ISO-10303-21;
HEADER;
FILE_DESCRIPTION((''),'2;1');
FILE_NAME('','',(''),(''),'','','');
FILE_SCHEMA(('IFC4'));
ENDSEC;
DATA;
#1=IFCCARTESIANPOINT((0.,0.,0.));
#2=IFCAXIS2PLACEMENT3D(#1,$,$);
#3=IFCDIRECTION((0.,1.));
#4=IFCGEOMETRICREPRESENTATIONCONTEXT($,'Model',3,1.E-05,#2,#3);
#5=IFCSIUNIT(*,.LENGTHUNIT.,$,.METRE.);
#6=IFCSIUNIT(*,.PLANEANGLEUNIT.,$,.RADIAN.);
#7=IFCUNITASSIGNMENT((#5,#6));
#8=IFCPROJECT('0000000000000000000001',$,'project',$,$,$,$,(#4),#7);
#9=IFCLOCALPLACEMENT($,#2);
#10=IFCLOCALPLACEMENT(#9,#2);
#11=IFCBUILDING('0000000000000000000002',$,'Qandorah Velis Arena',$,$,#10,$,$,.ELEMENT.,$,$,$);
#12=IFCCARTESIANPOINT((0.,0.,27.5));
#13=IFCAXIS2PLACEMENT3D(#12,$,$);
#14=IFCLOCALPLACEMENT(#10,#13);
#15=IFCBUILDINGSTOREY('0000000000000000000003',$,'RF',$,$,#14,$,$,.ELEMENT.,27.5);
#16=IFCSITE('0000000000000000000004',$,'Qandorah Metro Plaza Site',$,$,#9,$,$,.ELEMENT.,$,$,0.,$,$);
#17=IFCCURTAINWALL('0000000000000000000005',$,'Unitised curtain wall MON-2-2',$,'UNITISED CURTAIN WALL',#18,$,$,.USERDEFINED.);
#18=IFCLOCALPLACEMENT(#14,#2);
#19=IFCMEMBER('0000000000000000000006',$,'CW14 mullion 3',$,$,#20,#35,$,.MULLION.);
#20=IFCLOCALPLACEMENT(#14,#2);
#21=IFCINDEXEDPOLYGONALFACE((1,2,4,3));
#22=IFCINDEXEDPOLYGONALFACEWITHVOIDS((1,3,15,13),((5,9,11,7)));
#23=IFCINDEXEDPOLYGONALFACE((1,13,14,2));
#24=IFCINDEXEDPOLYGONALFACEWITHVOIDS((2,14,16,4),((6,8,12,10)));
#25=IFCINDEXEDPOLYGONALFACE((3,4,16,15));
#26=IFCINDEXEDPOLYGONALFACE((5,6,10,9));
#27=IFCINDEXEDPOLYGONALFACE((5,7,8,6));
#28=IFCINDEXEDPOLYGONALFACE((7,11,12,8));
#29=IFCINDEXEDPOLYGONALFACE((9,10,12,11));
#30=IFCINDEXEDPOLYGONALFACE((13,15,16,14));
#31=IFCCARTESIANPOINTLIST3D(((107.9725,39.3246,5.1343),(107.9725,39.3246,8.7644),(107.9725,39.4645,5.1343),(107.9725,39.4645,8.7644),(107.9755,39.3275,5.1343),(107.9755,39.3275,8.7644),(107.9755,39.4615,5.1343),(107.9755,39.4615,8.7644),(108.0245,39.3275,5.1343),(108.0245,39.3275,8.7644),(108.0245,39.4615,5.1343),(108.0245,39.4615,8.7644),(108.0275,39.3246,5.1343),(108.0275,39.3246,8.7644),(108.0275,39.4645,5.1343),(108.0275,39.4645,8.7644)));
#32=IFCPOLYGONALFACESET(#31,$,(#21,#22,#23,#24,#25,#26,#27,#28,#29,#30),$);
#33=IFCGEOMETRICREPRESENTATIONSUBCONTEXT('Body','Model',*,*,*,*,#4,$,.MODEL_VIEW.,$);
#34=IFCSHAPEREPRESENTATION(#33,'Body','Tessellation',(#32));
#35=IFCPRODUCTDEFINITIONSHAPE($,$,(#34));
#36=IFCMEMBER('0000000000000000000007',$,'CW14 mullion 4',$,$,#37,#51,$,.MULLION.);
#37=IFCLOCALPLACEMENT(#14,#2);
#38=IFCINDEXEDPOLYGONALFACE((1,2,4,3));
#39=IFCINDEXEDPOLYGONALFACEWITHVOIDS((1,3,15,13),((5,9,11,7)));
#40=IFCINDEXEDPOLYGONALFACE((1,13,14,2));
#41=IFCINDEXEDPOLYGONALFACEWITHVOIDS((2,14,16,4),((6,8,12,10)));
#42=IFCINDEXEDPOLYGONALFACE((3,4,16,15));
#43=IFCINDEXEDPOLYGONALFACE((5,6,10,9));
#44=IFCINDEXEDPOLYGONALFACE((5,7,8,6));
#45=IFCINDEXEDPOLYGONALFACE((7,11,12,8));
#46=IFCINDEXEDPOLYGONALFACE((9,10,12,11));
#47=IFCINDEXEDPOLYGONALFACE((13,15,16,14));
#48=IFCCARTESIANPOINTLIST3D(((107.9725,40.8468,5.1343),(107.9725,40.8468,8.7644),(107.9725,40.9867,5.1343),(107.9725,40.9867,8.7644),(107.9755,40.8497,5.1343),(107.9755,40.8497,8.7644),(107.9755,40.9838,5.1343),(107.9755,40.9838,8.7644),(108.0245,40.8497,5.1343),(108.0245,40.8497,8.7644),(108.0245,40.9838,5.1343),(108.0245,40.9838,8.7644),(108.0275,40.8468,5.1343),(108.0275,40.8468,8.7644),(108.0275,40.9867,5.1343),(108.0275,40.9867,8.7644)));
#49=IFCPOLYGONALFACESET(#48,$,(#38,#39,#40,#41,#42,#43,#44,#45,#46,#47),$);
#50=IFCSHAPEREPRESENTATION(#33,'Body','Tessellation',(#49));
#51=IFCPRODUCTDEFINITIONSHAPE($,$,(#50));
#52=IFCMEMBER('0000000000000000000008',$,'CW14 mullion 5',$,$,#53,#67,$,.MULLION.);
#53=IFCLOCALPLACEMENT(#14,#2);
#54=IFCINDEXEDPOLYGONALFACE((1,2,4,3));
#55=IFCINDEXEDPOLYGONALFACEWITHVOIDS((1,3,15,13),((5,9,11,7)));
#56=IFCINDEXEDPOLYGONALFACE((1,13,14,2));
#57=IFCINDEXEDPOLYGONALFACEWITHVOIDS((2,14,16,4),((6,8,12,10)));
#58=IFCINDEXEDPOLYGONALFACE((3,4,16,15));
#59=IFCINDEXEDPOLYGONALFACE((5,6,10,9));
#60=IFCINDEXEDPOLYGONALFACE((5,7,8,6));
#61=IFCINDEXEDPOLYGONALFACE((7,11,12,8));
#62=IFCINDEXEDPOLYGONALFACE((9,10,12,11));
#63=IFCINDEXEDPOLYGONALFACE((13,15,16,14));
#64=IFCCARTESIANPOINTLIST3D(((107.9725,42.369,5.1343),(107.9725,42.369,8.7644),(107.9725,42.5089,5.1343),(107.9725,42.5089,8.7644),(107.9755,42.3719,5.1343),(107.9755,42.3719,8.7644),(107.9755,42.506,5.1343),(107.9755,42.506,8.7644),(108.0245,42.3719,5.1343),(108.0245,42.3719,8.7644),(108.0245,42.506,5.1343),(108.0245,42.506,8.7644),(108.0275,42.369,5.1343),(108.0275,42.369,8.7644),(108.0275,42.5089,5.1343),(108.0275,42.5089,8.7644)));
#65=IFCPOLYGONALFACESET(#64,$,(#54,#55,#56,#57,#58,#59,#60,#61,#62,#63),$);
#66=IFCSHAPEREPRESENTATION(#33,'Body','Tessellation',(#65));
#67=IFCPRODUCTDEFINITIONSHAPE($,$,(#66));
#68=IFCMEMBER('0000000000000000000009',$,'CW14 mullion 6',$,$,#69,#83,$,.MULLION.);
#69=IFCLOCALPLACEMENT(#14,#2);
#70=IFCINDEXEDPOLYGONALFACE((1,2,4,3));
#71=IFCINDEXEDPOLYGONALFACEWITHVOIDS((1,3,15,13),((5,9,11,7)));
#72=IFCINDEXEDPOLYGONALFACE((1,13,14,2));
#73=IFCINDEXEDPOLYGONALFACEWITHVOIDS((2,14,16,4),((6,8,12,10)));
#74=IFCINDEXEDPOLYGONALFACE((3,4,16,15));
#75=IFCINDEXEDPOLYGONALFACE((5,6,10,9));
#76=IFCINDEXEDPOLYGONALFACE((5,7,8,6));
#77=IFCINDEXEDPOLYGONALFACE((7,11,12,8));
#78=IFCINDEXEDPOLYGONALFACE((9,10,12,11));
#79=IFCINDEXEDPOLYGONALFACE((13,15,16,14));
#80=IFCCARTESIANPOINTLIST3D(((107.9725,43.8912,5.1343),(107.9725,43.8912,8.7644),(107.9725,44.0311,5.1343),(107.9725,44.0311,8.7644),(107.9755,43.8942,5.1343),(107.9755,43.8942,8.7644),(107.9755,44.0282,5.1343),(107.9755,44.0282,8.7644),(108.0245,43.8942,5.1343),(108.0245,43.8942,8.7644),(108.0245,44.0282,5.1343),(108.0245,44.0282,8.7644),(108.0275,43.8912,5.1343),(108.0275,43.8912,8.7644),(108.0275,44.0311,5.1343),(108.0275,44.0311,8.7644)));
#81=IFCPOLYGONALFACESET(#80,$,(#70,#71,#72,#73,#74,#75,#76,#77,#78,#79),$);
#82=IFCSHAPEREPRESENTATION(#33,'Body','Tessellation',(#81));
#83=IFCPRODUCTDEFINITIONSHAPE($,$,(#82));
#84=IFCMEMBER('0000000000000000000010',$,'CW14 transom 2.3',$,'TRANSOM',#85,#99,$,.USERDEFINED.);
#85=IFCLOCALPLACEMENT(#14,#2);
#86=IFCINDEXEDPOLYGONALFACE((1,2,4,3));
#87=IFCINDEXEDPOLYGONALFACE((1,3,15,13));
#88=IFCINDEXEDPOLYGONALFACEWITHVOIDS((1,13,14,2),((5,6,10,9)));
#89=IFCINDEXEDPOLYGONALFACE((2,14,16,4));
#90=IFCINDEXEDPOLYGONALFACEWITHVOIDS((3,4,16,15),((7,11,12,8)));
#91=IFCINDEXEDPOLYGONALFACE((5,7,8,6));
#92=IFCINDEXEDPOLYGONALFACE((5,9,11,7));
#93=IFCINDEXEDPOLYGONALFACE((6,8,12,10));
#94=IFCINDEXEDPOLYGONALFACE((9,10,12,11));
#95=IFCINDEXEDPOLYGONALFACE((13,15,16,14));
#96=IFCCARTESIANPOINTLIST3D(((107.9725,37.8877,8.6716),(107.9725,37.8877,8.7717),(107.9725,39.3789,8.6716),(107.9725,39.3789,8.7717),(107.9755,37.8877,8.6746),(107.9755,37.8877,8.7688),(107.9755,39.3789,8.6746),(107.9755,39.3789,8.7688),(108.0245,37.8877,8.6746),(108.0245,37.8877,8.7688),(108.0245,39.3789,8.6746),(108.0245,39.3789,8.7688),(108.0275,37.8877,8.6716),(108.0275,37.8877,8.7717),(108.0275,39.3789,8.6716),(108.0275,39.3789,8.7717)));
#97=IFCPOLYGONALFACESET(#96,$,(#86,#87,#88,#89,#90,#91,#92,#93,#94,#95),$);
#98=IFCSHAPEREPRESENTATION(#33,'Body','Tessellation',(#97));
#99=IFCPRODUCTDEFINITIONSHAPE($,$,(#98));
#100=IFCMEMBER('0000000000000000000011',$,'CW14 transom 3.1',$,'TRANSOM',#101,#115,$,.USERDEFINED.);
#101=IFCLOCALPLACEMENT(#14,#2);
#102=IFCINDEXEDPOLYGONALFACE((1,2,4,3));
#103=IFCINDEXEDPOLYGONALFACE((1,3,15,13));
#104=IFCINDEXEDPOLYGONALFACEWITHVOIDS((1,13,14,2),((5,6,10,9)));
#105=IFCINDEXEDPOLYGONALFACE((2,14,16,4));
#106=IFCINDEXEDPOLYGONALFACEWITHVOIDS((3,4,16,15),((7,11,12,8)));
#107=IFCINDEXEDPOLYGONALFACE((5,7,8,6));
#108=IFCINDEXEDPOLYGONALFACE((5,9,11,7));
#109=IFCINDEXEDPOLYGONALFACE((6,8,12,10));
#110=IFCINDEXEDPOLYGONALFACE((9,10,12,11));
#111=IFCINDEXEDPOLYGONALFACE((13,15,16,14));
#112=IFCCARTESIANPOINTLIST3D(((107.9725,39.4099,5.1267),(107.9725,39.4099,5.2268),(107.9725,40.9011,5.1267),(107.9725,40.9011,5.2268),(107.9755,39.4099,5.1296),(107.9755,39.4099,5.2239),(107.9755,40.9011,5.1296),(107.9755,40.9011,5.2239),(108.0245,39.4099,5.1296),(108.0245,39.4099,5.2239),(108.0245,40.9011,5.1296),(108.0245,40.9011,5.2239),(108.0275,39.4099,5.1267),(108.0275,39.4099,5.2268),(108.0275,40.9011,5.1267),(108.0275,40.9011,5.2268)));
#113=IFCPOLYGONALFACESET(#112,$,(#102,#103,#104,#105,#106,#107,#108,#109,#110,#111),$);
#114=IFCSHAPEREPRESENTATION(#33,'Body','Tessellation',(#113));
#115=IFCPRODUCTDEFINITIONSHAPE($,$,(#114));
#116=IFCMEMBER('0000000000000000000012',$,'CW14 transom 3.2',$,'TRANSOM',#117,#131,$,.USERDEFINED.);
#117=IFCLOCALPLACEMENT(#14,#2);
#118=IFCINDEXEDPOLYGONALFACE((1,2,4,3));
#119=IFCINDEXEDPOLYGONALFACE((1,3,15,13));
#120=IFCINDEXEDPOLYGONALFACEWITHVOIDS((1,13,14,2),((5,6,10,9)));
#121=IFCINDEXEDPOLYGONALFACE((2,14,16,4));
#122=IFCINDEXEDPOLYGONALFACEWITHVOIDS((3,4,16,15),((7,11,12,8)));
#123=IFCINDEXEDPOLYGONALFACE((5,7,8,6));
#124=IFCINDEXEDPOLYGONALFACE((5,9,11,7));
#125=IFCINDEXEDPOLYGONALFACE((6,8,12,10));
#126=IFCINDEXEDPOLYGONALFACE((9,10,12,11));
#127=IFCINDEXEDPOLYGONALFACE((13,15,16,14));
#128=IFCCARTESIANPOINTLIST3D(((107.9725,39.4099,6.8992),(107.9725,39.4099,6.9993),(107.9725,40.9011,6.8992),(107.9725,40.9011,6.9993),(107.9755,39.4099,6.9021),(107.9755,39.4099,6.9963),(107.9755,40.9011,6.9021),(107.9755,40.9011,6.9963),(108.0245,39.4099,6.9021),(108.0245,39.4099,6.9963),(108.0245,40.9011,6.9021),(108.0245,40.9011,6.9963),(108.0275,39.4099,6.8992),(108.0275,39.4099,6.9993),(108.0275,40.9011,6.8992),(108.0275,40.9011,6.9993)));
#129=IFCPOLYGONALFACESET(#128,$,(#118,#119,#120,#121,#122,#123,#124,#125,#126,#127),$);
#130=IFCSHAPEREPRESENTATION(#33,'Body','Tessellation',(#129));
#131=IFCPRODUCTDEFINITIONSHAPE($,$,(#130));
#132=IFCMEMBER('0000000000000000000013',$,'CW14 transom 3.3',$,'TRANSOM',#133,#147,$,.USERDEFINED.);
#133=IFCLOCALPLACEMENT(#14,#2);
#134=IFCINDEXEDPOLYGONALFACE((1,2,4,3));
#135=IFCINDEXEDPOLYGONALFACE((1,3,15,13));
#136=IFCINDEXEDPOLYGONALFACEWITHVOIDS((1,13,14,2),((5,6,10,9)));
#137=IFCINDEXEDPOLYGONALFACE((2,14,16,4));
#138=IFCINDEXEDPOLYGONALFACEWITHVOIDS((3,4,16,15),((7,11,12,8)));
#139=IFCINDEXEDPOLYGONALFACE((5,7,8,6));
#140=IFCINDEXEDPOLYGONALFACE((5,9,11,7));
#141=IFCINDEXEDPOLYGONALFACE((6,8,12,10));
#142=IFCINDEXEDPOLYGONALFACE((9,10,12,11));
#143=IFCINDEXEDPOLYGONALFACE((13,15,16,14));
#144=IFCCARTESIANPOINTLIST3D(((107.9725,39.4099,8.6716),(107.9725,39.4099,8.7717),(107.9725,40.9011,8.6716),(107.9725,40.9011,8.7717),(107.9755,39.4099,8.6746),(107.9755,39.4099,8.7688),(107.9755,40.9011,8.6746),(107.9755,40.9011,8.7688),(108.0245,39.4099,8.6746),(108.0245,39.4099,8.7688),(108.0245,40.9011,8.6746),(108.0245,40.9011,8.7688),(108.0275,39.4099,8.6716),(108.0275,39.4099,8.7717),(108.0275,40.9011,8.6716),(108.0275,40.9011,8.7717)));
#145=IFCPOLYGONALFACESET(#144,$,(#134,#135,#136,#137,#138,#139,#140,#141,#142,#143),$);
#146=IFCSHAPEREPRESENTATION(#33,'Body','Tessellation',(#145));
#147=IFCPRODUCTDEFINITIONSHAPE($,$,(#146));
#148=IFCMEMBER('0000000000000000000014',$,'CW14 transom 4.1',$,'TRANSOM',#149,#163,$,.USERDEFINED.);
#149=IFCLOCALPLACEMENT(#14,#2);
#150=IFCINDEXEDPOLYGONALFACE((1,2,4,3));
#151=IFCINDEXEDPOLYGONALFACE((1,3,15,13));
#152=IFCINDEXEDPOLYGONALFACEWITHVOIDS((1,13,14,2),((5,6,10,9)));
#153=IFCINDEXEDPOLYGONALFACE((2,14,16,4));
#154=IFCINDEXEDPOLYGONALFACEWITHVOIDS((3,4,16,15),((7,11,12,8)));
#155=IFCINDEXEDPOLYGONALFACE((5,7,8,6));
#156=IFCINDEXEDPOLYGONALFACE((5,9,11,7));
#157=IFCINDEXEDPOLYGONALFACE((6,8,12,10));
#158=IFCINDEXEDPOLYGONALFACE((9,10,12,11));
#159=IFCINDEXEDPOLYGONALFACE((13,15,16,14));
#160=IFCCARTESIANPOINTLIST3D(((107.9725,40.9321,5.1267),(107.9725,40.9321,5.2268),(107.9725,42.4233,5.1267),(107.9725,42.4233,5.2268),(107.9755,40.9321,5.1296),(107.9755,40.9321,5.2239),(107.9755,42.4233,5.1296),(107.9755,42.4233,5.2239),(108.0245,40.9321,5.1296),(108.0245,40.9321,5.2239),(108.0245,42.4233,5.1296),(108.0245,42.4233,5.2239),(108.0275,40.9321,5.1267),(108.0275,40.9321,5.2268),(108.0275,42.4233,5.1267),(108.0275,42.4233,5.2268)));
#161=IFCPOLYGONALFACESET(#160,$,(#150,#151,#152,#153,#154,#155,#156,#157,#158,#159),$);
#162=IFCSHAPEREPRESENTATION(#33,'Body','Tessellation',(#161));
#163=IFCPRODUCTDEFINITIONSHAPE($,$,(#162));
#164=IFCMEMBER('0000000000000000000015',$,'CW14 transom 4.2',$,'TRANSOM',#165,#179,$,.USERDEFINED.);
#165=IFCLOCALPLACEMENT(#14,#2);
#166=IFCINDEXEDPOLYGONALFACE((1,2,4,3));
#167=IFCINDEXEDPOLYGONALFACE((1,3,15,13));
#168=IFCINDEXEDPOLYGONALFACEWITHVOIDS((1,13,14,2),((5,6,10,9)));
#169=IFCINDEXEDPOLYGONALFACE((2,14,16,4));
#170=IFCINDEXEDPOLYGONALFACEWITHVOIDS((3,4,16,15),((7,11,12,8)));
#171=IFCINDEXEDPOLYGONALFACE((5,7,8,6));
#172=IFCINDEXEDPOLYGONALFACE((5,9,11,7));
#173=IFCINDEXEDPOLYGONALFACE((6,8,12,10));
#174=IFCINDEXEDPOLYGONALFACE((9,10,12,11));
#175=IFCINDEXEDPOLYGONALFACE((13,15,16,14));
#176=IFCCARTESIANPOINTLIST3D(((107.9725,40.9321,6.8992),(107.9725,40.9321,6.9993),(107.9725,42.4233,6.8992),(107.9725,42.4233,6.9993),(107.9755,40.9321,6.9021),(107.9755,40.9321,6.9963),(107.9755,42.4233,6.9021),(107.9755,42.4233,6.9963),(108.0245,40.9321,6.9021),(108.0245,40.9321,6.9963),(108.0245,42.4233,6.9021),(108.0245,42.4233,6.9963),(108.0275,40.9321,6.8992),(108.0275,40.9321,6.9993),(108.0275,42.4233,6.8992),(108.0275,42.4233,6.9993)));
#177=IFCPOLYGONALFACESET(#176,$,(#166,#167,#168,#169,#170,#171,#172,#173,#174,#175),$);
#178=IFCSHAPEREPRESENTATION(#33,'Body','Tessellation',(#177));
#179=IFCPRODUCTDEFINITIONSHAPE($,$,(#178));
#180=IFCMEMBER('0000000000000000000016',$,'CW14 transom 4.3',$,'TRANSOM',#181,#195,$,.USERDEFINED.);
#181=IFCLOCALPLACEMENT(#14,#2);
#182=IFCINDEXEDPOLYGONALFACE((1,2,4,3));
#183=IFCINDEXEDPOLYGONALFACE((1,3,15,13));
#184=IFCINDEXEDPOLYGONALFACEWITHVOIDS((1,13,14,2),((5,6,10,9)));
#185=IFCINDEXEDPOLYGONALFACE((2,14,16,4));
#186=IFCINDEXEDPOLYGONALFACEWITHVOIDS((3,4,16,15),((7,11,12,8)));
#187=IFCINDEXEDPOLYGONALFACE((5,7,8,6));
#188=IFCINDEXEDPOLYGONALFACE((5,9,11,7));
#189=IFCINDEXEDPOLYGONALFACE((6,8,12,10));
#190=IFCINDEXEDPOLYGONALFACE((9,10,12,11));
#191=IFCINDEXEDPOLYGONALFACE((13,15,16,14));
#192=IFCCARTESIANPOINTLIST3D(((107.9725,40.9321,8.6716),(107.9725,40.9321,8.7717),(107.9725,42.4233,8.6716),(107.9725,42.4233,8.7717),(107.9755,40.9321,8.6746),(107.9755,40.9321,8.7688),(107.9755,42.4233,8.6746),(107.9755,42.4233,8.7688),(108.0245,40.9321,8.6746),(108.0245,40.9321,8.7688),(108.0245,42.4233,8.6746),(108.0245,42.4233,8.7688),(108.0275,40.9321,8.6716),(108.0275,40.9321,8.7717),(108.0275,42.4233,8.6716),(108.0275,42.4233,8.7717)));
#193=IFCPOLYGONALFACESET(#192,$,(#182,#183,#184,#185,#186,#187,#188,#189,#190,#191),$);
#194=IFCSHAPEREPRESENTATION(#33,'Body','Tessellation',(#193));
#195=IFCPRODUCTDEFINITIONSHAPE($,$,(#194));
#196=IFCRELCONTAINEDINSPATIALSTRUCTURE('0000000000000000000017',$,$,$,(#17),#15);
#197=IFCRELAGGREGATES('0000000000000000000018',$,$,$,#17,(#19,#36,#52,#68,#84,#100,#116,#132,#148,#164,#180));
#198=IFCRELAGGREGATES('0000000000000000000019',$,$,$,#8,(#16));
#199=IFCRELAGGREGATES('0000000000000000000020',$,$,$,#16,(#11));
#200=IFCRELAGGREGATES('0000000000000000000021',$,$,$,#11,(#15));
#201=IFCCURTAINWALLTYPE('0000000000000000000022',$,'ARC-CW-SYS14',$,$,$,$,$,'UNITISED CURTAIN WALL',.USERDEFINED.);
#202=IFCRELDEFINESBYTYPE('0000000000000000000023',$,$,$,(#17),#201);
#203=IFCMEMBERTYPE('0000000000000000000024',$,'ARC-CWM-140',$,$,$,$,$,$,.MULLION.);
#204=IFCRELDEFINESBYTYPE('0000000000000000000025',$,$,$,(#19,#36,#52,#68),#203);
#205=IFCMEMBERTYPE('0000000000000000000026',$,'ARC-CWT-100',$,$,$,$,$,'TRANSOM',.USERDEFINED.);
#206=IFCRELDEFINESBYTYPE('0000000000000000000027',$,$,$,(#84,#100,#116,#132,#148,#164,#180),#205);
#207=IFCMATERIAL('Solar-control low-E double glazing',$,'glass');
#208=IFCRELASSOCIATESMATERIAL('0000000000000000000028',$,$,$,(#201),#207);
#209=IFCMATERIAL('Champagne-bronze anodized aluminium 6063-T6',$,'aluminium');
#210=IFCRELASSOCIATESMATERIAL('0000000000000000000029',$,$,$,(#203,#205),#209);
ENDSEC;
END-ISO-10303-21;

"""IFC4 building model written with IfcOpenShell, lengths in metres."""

from ifc_helpers import new_model, si_unit, direction, frame, origin, origin_2d, place, context, subcontext, project, spatial, hollow_rectangle, extrude, material, material_profile, profile_set, type_object, element, aggregate, save


model = new_model("IFC4")

# Units and contexts
model_context = context("Model", 3, precision=1e-05, world=origin(), true_north=direction((0.0, 1.0)))
body_context = subcontext(model_context, "Body", "Model", "MODEL_VIEW")
ifc_project = project(units=[si_unit("LENGTHUNIT", "METRE"), si_unit("PLANEANGLEUNIT", "RADIAN")], contexts=[model_context])

# Site, building, storey
site_placement = place(None, origin())
site = spatial("IfcSite", under=ifc_project, at=site_placement, Name="Qandorah Metro Plaza Site", CompositionType="ELEMENT", RefElevation=0.0)
building_placement = place(site_placement, origin())
building = spatial("IfcBuilding", under=site, at=building_placement, Name="Qandorah Velis Arena", CompositionType="ELEMENT")
storey_placement = place(building_placement, frame((0.0, 0.0, 27.5)))
storey = spatial("IfcBuildingStorey", under=building, at=storey_placement, Name="RF", CompositionType="ELEMENT", Elevation=27.5)

# Curtain wall, members
ifc_material_1 = material(Name="Solar-control low-E double glazing", Category="glass")
curtain_wall_type_1 = type_object("IfcCurtainWallType", Name="ARC-CW-SYS14", ElementType="UNITISED CURTAIN WALL", PredefinedType="USERDEFINED", material=ifc_material_1)
curtain_wall_1_placement = place(storey_placement, origin())
curtain_wall_1 = element("IfcCurtainWall", 1, at=curtain_wall_1_placement, inside=storey, type_object=curtain_wall_type_1, Name="Unitised curtain wall MON-2-2", ObjectType="UNITISED CURTAIN WALL", PredefinedType="USERDEFINED")
ifc_material_2 = material(Name="Champagne-bronze anodized aluminium 6063-T6", Category="aluminium")
ifc_material_profile_1 = material_profile(ifc_material_2, hollow_rectangle(XDim=0.0549, YDim=0.1399, WallThickness=0.0029, at=origin_2d()), Name="ALU MULLION 55x140")
ifc_profile_set_1 = profile_set([ifc_material_profile_1], Name="Champagne-bronze anodized aluminium 6063-T6")
member_type_1 = type_object("IfcMemberType", Name="ARC-CWM-140", PredefinedType="MULLION", material=ifc_profile_set_1)
member_1_placement = place(storey_placement, frame((108.0, 39.3945, 5.1343), z_axis=(0.0, 0.0, 1.0), x_axis=(-1.0, 0.0, 0.0)))
member_1 = element("IfcMember", 2, at=member_1_placement, type_object=member_type_1, Name="CW14 mullion 3", PredefinedType="MULLION", context=body_context, shape_type="SweptSolid", body=[
    extrude(hollow_rectangle(XDim=0.0549, YDim=0.1399, WallThickness=0.0029, at=origin_2d()), origin(), (0.0, 0.0, 1.0), 3.6301),
])
member_2_placement = place(storey_placement, frame((108.0, 40.9167, 5.1343), z_axis=(0.0, 0.0, 1.0), x_axis=(-1.0, 0.0, 0.0)))
member_2 = element("IfcMember", 3, at=member_2_placement, type_object=member_type_1, Name="CW14 mullion 4", PredefinedType="MULLION", context=body_context, shape_type="SweptSolid", body=[
    extrude(hollow_rectangle(XDim=0.0549, YDim=0.1399, WallThickness=0.0029, at=origin_2d()), origin(), (0.0, 0.0, 1.0), 3.6301),
])
member_3_placement = place(storey_placement, frame((108.0, 42.439, 5.1343), z_axis=(0.0, 0.0, 1.0), x_axis=(-1.0, 0.0, 0.0)))
member_3 = element("IfcMember", 4, at=member_3_placement, type_object=member_type_1, Name="CW14 mullion 5", PredefinedType="MULLION", context=body_context, shape_type="SweptSolid", body=[
    extrude(hollow_rectangle(XDim=0.0549, YDim=0.1399, WallThickness=0.0029, at=origin_2d()), origin(), (0.0, 0.0, 1.0), 3.6301),
])
member_4_placement = place(storey_placement, frame((108.0, 43.9612, 5.1343), z_axis=(0.0, 0.0, 1.0), x_axis=(-1.0, 0.0, 0.0)))
member_4 = element("IfcMember", 5, at=member_4_placement, type_object=member_type_1, Name="CW14 mullion 6", PredefinedType="MULLION", context=body_context, shape_type="SweptSolid", body=[
    extrude(hollow_rectangle(XDim=0.0549, YDim=0.1399, WallThickness=0.0029, at=origin_2d()), origin(), (0.0, 0.0, 1.0), 3.6301),
])
ifc_material_profile_2 = material_profile(ifc_material_2, hollow_rectangle(XDim=0.0549, YDim=0.1001, WallThickness=0.0029, at=origin_2d()), Name="ALU TRANSOM 55x100")
ifc_profile_set_2 = profile_set([ifc_material_profile_2], Name="Champagne-bronze anodized aluminium 6063-T6")
member_type_2 = type_object("IfcMemberType", Name="ARC-CWT-100", ElementType="TRANSOM", PredefinedType="USERDEFINED", material=ifc_profile_set_2)
member_5_placement = place(storey_placement, frame((108.0, 37.8877, 8.7217), z_axis=(0.0, 1.0, 0.0), x_axis=(-1.0, 0.0, 0.0)))
member_5 = element("IfcMember", 6, at=member_5_placement, type_object=member_type_2, Name="CW14 transom 2.3", ObjectType="TRANSOM", PredefinedType="USERDEFINED", context=body_context, shape_type="SweptSolid", body=[
    extrude(hollow_rectangle(XDim=0.0549, YDim=0.1001, WallThickness=0.0029, at=origin_2d()), origin(), (0.0, 0.0, 1.0), 1.4912),
])
member_6_placement = place(storey_placement, frame((108.0, 39.4099, 5.1768), z_axis=(0.0, 1.0, 0.0), x_axis=(-1.0, 0.0, 0.0)))
member_6 = element("IfcMember", 7, at=member_6_placement, type_object=member_type_2, Name="CW14 transom 3.1", ObjectType="TRANSOM", PredefinedType="USERDEFINED", context=body_context, shape_type="SweptSolid", body=[
    extrude(hollow_rectangle(XDim=0.0549, YDim=0.1001, WallThickness=0.0029, at=origin_2d()), origin(), (0.0, 0.0, 1.0), 1.4912),
])
member_7_placement = place(storey_placement, frame((108.0, 39.4099, 6.9492), z_axis=(0.0, 1.0, 0.0), x_axis=(-1.0, 0.0, 0.0)))
member_7 = element("IfcMember", 8, at=member_7_placement, type_object=member_type_2, Name="CW14 transom 3.2", ObjectType="TRANSOM", PredefinedType="USERDEFINED", context=body_context, shape_type="SweptSolid", body=[
    extrude(hollow_rectangle(XDim=0.0549, YDim=0.1001, WallThickness=0.0029, at=origin_2d()), origin(), (0.0, 0.0, 1.0), 1.4912),
])
member_8_placement = place(storey_placement, frame((108.0, 39.4099, 8.7217), z_axis=(0.0, 1.0, 0.0), x_axis=(-1.0, 0.0, 0.0)))
member_8 = element("IfcMember", 9, at=member_8_placement, type_object=member_type_2, Name="CW14 transom 3.3", ObjectType="TRANSOM", PredefinedType="USERDEFINED", context=body_context, shape_type="SweptSolid", body=[
    extrude(hollow_rectangle(XDim=0.0549, YDim=0.1001, WallThickness=0.0029, at=origin_2d()), origin(), (0.0, 0.0, 1.0), 1.4912),
])
member_9_placement = place(storey_placement, frame((108.0, 40.9321, 5.1768), z_axis=(0.0, 1.0, 0.0), x_axis=(-1.0, 0.0, 0.0)))
member_9 = element("IfcMember", 10, at=member_9_placement, type_object=member_type_2, Name="CW14 transom 4.1", ObjectType="TRANSOM", PredefinedType="USERDEFINED", context=body_context, shape_type="SweptSolid", body=[
    extrude(hollow_rectangle(XDim=0.0549, YDim=0.1001, WallThickness=0.0029, at=origin_2d()), origin(), (0.0, 0.0, 1.0), 1.4912),
])
member_10_placement = place(storey_placement, frame((108.0, 40.9321, 6.9492), z_axis=(0.0, 1.0, 0.0), x_axis=(-1.0, 0.0, 0.0)))
member_10 = element("IfcMember", 11, at=member_10_placement, type_object=member_type_2, Name="CW14 transom 4.2", ObjectType="TRANSOM", PredefinedType="USERDEFINED", context=body_context, shape_type="SweptSolid", body=[
    extrude(hollow_rectangle(XDim=0.0549, YDim=0.1001, WallThickness=0.0029, at=origin_2d()), origin(), (0.0, 0.0, 1.0), 1.4912),
])
member_11_placement = place(storey_placement, frame((108.0, 40.9321, 8.7217), z_axis=(0.0, 1.0, 0.0), x_axis=(-1.0, 0.0, 0.0)))
member_11 = element("IfcMember", 12, at=member_11_placement, type_object=member_type_2, Name="CW14 transom 4.3", ObjectType="TRANSOM", PredefinedType="USERDEFINED", context=body_context, shape_type="SweptSolid", body=[
    extrude(hollow_rectangle(XDim=0.0549, YDim=0.1001, WallThickness=0.0029, at=origin_2d()), origin(), (0.0, 0.0, 1.0), 1.4912),
])

aggregate(curtain_wall_1, [member_1, member_2, member_3, member_4, member_5, member_6, member_7, member_8, member_9, member_10, member_11])

save(model, "model.ifc")
